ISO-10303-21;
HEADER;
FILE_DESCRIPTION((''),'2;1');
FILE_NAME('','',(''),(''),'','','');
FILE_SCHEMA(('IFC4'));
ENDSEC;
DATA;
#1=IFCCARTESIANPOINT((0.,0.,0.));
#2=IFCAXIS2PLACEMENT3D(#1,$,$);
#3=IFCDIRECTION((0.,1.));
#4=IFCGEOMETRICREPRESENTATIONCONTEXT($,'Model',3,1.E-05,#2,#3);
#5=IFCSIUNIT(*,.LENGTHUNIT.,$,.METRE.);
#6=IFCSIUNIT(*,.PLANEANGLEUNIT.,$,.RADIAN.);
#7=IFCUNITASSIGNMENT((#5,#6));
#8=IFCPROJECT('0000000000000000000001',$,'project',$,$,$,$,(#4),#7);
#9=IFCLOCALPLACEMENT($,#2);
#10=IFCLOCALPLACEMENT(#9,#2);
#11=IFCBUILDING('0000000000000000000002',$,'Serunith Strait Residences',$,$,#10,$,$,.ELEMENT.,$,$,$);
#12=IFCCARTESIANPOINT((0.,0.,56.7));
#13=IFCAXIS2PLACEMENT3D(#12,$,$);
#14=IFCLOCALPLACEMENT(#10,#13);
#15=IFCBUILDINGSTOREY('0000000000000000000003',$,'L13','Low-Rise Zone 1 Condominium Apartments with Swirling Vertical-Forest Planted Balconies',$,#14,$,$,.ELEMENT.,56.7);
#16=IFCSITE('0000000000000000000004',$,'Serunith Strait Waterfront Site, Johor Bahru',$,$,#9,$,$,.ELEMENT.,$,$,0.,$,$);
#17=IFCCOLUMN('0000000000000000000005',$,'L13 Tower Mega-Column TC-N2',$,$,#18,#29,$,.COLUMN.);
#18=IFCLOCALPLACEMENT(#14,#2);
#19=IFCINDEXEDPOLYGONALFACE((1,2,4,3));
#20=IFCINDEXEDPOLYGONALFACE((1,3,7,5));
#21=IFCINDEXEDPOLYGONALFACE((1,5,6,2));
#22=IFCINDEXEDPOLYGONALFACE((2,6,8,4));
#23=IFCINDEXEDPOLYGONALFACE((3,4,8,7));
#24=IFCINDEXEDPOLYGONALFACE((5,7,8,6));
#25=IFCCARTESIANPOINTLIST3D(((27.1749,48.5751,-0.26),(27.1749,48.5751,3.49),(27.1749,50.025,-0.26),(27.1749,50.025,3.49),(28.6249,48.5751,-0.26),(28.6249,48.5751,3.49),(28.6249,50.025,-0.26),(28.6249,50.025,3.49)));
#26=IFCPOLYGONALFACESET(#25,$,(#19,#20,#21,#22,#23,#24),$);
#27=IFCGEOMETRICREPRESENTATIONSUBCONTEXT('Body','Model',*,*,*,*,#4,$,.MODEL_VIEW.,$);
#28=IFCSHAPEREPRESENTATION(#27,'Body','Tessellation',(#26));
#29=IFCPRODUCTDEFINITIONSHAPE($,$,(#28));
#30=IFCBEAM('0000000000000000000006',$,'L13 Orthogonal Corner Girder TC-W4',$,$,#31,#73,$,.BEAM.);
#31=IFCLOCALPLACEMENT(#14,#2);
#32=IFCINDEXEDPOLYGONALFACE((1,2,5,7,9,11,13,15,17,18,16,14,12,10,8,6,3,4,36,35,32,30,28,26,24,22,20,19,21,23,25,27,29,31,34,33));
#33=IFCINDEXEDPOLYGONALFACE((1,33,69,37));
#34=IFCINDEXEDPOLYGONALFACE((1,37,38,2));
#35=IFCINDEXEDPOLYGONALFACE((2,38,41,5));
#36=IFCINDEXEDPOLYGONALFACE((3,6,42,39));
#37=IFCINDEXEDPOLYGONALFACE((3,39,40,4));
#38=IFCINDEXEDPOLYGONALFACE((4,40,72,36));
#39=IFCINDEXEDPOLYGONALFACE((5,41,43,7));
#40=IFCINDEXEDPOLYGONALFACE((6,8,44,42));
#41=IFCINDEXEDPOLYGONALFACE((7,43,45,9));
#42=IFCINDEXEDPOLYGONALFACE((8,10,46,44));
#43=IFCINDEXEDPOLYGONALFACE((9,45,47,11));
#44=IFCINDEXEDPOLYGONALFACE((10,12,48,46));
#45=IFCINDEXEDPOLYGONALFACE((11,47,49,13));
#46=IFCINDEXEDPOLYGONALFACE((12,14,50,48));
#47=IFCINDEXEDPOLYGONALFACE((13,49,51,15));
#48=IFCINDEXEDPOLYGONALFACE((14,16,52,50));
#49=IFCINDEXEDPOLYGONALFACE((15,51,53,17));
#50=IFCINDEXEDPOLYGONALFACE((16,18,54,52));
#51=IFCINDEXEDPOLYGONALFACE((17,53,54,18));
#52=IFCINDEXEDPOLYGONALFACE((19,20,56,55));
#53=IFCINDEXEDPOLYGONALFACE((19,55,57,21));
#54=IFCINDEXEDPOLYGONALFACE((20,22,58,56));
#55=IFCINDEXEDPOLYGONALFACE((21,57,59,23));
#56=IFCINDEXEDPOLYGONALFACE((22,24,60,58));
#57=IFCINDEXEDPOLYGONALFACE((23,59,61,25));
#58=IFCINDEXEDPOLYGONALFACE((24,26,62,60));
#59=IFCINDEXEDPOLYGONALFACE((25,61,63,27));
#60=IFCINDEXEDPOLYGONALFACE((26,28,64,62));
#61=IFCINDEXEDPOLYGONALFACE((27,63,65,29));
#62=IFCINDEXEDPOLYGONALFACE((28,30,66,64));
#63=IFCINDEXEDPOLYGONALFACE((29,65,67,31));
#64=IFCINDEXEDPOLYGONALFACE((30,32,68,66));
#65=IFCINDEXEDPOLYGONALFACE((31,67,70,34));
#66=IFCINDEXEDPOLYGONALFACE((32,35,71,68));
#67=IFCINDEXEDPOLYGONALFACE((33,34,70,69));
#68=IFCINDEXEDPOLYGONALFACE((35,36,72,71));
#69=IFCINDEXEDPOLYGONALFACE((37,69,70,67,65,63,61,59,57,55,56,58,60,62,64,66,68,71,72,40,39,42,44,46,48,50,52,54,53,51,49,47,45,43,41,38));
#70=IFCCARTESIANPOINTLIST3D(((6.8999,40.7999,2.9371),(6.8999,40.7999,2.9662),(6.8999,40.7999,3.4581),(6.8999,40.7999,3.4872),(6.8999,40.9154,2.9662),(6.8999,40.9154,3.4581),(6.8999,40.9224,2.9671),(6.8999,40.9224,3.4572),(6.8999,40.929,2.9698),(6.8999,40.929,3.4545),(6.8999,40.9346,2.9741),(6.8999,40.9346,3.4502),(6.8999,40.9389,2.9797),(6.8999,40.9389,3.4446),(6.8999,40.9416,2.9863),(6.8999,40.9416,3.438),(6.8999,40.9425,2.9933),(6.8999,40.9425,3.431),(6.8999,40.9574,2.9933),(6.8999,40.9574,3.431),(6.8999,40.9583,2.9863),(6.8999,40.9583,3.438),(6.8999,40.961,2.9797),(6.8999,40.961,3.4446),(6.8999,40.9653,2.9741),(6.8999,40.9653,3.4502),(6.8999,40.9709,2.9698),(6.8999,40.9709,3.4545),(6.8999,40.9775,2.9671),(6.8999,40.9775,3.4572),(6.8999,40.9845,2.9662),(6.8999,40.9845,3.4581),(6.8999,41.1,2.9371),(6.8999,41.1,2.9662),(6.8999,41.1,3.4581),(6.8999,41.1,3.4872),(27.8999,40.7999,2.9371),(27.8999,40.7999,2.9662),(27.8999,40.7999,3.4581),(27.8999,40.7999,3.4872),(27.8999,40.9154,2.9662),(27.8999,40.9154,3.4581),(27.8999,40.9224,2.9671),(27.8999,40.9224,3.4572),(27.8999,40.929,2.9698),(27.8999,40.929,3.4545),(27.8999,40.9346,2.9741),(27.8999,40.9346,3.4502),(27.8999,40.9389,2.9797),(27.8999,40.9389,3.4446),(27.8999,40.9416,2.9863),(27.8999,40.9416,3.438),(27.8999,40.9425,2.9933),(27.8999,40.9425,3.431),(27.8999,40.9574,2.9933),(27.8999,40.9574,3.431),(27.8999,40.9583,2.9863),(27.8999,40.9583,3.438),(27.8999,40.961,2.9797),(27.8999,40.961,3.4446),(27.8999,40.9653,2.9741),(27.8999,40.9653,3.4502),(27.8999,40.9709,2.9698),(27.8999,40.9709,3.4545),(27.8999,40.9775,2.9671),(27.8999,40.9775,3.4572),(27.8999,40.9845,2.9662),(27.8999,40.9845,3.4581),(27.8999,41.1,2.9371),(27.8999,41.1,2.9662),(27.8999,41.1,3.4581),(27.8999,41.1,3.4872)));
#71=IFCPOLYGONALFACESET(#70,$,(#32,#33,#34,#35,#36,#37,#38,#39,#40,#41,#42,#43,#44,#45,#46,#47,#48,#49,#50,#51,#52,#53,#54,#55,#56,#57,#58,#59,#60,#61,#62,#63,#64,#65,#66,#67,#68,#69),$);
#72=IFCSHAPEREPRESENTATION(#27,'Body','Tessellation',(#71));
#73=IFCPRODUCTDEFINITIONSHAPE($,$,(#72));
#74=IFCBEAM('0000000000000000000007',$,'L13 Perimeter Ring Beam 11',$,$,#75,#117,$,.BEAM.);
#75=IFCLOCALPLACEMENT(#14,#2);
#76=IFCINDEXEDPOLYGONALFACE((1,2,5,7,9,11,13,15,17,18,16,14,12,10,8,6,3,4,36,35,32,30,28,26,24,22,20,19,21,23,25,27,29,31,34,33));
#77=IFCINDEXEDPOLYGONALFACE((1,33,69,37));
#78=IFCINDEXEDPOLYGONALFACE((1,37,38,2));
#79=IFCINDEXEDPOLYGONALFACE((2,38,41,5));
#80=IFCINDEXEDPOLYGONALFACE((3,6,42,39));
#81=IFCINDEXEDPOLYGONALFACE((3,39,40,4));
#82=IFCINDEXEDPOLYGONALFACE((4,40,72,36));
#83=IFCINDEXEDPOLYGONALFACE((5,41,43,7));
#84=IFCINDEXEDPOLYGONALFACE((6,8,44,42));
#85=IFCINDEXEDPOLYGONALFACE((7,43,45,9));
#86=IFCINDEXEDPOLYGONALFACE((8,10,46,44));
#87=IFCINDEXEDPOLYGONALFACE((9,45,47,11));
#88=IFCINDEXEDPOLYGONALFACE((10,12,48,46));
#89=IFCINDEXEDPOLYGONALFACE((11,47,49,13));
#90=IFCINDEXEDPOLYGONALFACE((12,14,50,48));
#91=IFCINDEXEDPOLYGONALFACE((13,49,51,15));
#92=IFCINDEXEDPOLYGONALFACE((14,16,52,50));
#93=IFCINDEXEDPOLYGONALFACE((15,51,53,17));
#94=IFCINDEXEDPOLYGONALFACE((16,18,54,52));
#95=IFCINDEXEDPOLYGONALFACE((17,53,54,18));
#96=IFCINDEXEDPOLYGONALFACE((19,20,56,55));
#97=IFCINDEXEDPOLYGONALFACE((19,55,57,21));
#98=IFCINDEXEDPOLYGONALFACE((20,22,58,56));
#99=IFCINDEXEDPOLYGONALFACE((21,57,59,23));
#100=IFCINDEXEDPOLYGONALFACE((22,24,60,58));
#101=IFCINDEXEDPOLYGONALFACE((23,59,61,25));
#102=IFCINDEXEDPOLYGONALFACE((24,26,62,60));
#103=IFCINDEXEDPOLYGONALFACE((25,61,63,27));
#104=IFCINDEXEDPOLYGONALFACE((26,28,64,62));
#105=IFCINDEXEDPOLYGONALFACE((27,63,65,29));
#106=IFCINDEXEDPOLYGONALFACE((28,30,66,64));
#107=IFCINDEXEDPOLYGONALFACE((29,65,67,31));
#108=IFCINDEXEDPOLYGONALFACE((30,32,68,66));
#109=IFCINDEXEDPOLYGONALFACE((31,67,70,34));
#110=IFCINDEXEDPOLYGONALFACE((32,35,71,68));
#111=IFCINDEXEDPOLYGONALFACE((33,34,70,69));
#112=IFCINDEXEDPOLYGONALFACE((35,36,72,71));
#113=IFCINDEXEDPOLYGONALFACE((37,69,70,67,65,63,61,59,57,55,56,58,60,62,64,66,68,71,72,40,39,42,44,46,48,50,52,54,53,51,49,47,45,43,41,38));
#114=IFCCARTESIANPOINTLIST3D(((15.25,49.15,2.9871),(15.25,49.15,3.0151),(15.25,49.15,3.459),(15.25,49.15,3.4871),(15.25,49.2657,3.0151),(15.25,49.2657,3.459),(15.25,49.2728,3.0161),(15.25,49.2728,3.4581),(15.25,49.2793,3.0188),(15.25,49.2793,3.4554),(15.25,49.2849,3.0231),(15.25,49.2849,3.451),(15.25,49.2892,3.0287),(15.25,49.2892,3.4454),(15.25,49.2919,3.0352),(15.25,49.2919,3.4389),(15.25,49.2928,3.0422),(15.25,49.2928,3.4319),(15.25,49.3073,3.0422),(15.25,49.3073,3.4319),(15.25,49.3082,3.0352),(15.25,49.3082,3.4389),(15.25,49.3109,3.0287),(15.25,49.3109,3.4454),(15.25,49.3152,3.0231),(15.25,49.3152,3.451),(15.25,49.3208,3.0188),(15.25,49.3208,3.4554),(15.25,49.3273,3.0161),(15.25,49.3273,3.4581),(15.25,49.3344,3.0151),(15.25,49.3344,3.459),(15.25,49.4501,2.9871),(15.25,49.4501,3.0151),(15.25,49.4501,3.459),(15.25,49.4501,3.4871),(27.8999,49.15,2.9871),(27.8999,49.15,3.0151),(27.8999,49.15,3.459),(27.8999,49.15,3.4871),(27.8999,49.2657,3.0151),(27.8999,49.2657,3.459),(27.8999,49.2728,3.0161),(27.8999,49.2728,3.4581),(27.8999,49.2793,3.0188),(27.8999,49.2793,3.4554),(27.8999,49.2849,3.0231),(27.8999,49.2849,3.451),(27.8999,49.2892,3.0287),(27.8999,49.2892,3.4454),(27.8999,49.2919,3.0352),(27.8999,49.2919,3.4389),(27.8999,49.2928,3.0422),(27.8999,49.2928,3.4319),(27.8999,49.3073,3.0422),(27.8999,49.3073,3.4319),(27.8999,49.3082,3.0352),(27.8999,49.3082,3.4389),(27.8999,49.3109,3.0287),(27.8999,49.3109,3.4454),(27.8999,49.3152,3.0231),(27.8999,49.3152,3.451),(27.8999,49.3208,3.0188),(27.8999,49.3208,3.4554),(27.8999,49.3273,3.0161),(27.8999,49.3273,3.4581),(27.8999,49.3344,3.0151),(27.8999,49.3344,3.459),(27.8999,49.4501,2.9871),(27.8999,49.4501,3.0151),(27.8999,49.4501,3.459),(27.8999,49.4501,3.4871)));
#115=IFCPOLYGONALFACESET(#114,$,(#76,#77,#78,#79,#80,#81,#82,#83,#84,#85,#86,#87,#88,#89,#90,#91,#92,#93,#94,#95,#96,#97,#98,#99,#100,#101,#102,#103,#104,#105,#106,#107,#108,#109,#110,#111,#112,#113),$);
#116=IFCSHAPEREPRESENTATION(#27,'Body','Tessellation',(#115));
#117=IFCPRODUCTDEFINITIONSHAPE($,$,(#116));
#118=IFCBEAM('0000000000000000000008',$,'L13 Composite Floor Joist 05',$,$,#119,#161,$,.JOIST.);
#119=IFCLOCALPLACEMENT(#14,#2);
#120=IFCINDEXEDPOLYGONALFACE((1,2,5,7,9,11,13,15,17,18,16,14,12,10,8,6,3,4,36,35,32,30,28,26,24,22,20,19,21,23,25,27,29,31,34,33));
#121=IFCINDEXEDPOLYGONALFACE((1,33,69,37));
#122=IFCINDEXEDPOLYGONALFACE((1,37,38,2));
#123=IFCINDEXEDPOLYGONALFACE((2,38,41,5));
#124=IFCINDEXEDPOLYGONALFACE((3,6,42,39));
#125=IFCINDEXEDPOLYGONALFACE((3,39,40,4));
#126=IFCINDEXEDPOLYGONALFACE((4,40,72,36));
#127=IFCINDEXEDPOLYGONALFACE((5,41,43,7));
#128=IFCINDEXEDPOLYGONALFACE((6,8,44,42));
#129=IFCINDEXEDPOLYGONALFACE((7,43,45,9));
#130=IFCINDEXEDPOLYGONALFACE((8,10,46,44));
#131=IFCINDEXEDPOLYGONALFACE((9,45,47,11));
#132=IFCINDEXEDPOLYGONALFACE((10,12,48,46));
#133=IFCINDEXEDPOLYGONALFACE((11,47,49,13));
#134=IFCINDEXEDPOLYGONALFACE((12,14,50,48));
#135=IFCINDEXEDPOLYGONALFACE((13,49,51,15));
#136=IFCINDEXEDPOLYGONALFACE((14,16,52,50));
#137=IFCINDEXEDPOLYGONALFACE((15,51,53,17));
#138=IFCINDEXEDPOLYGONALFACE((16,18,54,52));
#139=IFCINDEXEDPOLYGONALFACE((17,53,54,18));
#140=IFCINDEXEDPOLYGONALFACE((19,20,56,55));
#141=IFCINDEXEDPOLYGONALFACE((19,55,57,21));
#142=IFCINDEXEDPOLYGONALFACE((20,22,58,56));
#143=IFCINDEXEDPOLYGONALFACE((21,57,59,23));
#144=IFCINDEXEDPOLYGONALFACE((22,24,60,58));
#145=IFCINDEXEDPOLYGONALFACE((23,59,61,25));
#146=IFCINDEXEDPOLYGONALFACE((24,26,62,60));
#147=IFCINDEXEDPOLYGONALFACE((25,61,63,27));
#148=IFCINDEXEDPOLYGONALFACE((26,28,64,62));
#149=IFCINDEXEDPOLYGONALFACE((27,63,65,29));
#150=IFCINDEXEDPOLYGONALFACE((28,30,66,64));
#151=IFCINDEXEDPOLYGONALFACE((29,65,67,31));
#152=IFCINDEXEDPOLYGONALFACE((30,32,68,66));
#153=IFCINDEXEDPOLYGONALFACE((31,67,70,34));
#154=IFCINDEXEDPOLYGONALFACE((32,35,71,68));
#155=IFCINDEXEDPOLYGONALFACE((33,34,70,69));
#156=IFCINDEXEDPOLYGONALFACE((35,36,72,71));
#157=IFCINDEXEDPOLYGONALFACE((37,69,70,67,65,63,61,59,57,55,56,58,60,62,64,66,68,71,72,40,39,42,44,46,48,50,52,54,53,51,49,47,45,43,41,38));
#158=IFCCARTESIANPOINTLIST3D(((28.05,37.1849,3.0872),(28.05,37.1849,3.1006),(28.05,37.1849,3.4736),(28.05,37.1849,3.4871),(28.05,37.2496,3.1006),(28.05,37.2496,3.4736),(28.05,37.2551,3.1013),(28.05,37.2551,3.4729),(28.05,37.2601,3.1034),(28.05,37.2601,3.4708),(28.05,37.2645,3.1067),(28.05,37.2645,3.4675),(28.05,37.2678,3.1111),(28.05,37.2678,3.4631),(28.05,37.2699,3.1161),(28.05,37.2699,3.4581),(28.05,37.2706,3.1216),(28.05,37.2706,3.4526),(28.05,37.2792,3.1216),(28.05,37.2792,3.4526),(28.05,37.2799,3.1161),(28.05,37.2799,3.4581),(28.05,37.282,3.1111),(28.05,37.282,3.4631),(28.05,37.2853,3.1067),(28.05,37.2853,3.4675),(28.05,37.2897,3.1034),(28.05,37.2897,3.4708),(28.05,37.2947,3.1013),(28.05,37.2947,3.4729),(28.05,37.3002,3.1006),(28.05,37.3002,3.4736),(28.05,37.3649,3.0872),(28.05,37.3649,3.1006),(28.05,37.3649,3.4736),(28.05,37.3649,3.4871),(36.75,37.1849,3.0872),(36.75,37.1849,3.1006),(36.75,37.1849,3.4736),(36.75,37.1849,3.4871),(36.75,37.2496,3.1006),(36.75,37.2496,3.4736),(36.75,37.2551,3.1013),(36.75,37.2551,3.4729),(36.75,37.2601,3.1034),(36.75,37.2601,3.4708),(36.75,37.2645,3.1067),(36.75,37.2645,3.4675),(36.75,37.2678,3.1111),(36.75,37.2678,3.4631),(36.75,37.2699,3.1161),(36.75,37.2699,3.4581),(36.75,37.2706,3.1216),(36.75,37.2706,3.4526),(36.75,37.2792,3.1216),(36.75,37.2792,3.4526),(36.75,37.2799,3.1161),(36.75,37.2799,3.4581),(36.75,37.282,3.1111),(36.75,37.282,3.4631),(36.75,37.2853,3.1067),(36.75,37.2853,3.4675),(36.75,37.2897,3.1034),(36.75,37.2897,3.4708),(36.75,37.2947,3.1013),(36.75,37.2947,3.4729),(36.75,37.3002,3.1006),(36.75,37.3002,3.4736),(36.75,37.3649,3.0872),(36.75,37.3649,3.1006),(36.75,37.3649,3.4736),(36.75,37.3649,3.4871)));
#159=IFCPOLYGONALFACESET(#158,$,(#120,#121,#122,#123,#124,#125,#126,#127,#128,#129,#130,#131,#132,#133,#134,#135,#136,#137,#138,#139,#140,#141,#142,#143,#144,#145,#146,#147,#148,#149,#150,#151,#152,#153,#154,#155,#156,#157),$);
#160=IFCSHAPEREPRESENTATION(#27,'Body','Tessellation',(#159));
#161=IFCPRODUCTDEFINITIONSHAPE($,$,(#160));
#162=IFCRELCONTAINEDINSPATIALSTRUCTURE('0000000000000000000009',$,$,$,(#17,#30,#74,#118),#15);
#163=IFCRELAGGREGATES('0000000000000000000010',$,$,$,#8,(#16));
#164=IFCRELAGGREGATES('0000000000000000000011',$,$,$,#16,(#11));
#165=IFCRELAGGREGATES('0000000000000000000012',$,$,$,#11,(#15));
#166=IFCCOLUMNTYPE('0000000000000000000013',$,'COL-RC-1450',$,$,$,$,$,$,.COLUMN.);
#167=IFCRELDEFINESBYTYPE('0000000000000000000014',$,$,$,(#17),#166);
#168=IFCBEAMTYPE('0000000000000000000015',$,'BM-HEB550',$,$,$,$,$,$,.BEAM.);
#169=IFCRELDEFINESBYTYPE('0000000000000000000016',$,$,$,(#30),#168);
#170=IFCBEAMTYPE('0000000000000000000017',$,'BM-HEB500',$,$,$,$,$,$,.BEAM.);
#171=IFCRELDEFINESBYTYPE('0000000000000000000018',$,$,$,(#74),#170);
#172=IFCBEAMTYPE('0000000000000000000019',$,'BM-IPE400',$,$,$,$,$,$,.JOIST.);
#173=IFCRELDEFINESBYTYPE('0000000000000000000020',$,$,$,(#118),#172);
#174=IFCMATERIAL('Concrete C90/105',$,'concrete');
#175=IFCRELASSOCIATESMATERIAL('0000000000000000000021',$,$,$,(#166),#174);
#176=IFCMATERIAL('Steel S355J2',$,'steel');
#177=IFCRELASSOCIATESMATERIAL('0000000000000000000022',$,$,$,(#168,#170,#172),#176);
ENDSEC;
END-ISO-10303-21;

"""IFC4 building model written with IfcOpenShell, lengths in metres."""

from ifc_helpers import new_model, si_unit, direction, frame, origin, origin_2d, place, context, subcontext, project, spatial, rectangle, i_section, extrude, source, transform, mapped, material, material_profile, profile_set, type_object, element, save


model = new_model("IFC4")

# Units and contexts
model_context = context("Model", 3, precision=1e-05, world=origin(), true_north=direction((0.0, 1.0)))
body_context = subcontext(model_context, "Body", "Model", "MODEL_VIEW")
ifc_project = project(units=[si_unit("LENGTHUNIT", "METRE"), si_unit("PLANEANGLEUNIT", "RADIAN")], contexts=[model_context])

# Site, building, storey
site_placement = place(None, origin())
site = spatial("IfcSite", under=ifc_project, at=site_placement, Name="Serunith Strait Waterfront Site, Johor Bahru", CompositionType="ELEMENT", RefElevation=0.0)
building_placement = place(site_placement, origin())
building = spatial("IfcBuilding", under=site, at=building_placement, Name="Serunith Strait Residences", CompositionType="ELEMENT")
storey_placement = place(building_placement, frame((0.0, 0.0, 56.7)))
storey = spatial("IfcBuildingStorey", under=building, at=storey_placement, Name="L13", Description="Low-Rise Zone 1 Condominium Apartments with Swirling Vertical-Forest Planted Balconies", CompositionType="ELEMENT", Elevation=56.7)

# Column
ifc_material_1 = material(Name="Concrete C90/105", Category="concrete")
ifc_material_profile_1 = material_profile(ifc_material_1, rectangle(XDim=1.45, YDim=1.45, at=origin_2d()), Name="RC 1450x1450")
ifc_profile_set_1 = profile_set([ifc_material_profile_1], Name="Concrete C90/105")
column_type = type_object("IfcColumnType", Name="COL-RC-1450", PredefinedType="COLUMN", material=ifc_profile_set_1)
shared_shape_1 = source(origin(), body_context, "Body", "SweptSolid", [
    extrude(rectangle(XDim=1.45, YDim=1.45, at=origin_2d()), origin(), (0.0, 0.0, 1.0), 3.75),
])
column_placement = place(storey_placement, frame((27.8999, 49.3, -0.26), z_axis=(0.0, 0.0, 1.0), x_axis=(1.0, 0.0, 0.0)))
element("IfcColumn", 1, at=column_placement, inside=storey, type_object=column_type, Name="L13 Tower Mega-Column TC-N2", PredefinedType="COLUMN", context=body_context, shape_type="MappedRepresentation", body=[
    mapped(shared_shape_1, transform((0.0, 0.0, 0.0), scale=1.0)),
])

# Beams
ifc_material_2 = material(Name="Steel S355J2", Category="steel")
ifc_material_profile_2 = material_profile(ifc_material_2, i_section(OverallWidth=0.3, OverallDepth=0.55, WebThickness=0.0149, FlangeThickness=0.0291, FilletRadius=0.0271, at=origin_2d()), Name="HEB 550")
ifc_profile_set_2 = profile_set([ifc_material_profile_2], Name="Steel S355J2")
beam_type_1 = type_object("IfcBeamType", Name="BM-HEB550", PredefinedType="BEAM", material=ifc_profile_set_2)
shared_shape_2 = source(origin(), body_context, "Body", "SweptSolid", [
    extrude(i_section(OverallWidth=0.3, OverallDepth=0.55, WebThickness=0.0149, FlangeThickness=0.0291, FilletRadius=0.0271, at=origin_2d()), origin(), (0.0, 0.0, 1.0), 21.0),
])
beam_1_placement = place(storey_placement, frame((27.8999, 40.95, 3.2122), z_axis=(-1.0, 0.0, 0.0), x_axis=(0.0, -1.0, 0.0)))
element("IfcBeam", 2, at=beam_1_placement, inside=storey, type_object=beam_type_1, Name="L13 Orthogonal Corner Girder TC-W4", PredefinedType="BEAM", context=body_context, shape_type="MappedRepresentation", body=[
    mapped(shared_shape_2, transform((0.0, 0.0, 0.0), scale=1.0)),
])
ifc_material_profile_3 = material_profile(ifc_material_2, i_section(OverallWidth=0.3, OverallDepth=0.5, WebThickness=0.0144, FlangeThickness=0.0281, FilletRadius=0.0271, at=origin_2d()), Name="HEB 500")
ifc_profile_set_3 = profile_set([ifc_material_profile_3], Name="Steel S355J2")
beam_type_2 = type_object("IfcBeamType", Name="BM-HEB500", PredefinedType="BEAM", material=ifc_profile_set_3)
shared_shape_3 = source(origin(), body_context, "Body", "SweptSolid", [
    extrude(i_section(OverallWidth=0.3, OverallDepth=0.5, WebThickness=0.0144, FlangeThickness=0.0281, FilletRadius=0.0271, at=origin_2d()), origin(), (0.0, 0.0, 1.0), 12.6499),
])
beam_2_placement = place(storey_placement, frame((27.8999, 49.3, 3.2371), z_axis=(-1.0, 0.0, 0.0), x_axis=(0.0, -1.0, 0.0)))
element("IfcBeam", 3, at=beam_2_placement, inside=storey, type_object=beam_type_2, Name="L13 Perimeter Ring Beam 11", PredefinedType="BEAM", context=body_context, shape_type="MappedRepresentation", body=[
    mapped(shared_shape_3, transform((0.0, 0.0, 0.0), scale=1.0)),
])
ifc_material_profile_4 = material_profile(ifc_material_2, i_section(OverallWidth=0.1799, OverallDepth=0.3999, WebThickness=0.0085, FlangeThickness=0.0134, FilletRadius=0.021, at=origin_2d()), Name="IPE 400")
ifc_profile_set_4 = profile_set([ifc_material_profile_4], Name="Steel S355J2")
beam_type_3 = type_object("IfcBeamType", Name="BM-IPE400", PredefinedType="JOIST", material=ifc_profile_set_4)
shared_shape_4 = source(origin(), body_context, "Body", "SweptSolid", [
    extrude(i_section(OverallWidth=0.1799, OverallDepth=0.3999, WebThickness=0.0085, FlangeThickness=0.0134, FilletRadius=0.021, at=origin_2d()), origin(), (0.0, 0.0, 1.0), 8.7),
])
beam_3_placement = place(storey_placement, frame((28.05, 37.2749, 3.2871), z_axis=(1.0, 0.0, 0.0), x_axis=(0.0, 1.0, 0.0)))
element("IfcBeam", 4, at=beam_3_placement, inside=storey, type_object=beam_type_3, Name="L13 Composite Floor Joist 05", PredefinedType="JOIST", context=body_context, shape_type="MappedRepresentation", body=[
    mapped(shared_shape_4, transform((0.0, 0.0, 0.0), scale=1.0)),
])

save(model, "model.ifc")
